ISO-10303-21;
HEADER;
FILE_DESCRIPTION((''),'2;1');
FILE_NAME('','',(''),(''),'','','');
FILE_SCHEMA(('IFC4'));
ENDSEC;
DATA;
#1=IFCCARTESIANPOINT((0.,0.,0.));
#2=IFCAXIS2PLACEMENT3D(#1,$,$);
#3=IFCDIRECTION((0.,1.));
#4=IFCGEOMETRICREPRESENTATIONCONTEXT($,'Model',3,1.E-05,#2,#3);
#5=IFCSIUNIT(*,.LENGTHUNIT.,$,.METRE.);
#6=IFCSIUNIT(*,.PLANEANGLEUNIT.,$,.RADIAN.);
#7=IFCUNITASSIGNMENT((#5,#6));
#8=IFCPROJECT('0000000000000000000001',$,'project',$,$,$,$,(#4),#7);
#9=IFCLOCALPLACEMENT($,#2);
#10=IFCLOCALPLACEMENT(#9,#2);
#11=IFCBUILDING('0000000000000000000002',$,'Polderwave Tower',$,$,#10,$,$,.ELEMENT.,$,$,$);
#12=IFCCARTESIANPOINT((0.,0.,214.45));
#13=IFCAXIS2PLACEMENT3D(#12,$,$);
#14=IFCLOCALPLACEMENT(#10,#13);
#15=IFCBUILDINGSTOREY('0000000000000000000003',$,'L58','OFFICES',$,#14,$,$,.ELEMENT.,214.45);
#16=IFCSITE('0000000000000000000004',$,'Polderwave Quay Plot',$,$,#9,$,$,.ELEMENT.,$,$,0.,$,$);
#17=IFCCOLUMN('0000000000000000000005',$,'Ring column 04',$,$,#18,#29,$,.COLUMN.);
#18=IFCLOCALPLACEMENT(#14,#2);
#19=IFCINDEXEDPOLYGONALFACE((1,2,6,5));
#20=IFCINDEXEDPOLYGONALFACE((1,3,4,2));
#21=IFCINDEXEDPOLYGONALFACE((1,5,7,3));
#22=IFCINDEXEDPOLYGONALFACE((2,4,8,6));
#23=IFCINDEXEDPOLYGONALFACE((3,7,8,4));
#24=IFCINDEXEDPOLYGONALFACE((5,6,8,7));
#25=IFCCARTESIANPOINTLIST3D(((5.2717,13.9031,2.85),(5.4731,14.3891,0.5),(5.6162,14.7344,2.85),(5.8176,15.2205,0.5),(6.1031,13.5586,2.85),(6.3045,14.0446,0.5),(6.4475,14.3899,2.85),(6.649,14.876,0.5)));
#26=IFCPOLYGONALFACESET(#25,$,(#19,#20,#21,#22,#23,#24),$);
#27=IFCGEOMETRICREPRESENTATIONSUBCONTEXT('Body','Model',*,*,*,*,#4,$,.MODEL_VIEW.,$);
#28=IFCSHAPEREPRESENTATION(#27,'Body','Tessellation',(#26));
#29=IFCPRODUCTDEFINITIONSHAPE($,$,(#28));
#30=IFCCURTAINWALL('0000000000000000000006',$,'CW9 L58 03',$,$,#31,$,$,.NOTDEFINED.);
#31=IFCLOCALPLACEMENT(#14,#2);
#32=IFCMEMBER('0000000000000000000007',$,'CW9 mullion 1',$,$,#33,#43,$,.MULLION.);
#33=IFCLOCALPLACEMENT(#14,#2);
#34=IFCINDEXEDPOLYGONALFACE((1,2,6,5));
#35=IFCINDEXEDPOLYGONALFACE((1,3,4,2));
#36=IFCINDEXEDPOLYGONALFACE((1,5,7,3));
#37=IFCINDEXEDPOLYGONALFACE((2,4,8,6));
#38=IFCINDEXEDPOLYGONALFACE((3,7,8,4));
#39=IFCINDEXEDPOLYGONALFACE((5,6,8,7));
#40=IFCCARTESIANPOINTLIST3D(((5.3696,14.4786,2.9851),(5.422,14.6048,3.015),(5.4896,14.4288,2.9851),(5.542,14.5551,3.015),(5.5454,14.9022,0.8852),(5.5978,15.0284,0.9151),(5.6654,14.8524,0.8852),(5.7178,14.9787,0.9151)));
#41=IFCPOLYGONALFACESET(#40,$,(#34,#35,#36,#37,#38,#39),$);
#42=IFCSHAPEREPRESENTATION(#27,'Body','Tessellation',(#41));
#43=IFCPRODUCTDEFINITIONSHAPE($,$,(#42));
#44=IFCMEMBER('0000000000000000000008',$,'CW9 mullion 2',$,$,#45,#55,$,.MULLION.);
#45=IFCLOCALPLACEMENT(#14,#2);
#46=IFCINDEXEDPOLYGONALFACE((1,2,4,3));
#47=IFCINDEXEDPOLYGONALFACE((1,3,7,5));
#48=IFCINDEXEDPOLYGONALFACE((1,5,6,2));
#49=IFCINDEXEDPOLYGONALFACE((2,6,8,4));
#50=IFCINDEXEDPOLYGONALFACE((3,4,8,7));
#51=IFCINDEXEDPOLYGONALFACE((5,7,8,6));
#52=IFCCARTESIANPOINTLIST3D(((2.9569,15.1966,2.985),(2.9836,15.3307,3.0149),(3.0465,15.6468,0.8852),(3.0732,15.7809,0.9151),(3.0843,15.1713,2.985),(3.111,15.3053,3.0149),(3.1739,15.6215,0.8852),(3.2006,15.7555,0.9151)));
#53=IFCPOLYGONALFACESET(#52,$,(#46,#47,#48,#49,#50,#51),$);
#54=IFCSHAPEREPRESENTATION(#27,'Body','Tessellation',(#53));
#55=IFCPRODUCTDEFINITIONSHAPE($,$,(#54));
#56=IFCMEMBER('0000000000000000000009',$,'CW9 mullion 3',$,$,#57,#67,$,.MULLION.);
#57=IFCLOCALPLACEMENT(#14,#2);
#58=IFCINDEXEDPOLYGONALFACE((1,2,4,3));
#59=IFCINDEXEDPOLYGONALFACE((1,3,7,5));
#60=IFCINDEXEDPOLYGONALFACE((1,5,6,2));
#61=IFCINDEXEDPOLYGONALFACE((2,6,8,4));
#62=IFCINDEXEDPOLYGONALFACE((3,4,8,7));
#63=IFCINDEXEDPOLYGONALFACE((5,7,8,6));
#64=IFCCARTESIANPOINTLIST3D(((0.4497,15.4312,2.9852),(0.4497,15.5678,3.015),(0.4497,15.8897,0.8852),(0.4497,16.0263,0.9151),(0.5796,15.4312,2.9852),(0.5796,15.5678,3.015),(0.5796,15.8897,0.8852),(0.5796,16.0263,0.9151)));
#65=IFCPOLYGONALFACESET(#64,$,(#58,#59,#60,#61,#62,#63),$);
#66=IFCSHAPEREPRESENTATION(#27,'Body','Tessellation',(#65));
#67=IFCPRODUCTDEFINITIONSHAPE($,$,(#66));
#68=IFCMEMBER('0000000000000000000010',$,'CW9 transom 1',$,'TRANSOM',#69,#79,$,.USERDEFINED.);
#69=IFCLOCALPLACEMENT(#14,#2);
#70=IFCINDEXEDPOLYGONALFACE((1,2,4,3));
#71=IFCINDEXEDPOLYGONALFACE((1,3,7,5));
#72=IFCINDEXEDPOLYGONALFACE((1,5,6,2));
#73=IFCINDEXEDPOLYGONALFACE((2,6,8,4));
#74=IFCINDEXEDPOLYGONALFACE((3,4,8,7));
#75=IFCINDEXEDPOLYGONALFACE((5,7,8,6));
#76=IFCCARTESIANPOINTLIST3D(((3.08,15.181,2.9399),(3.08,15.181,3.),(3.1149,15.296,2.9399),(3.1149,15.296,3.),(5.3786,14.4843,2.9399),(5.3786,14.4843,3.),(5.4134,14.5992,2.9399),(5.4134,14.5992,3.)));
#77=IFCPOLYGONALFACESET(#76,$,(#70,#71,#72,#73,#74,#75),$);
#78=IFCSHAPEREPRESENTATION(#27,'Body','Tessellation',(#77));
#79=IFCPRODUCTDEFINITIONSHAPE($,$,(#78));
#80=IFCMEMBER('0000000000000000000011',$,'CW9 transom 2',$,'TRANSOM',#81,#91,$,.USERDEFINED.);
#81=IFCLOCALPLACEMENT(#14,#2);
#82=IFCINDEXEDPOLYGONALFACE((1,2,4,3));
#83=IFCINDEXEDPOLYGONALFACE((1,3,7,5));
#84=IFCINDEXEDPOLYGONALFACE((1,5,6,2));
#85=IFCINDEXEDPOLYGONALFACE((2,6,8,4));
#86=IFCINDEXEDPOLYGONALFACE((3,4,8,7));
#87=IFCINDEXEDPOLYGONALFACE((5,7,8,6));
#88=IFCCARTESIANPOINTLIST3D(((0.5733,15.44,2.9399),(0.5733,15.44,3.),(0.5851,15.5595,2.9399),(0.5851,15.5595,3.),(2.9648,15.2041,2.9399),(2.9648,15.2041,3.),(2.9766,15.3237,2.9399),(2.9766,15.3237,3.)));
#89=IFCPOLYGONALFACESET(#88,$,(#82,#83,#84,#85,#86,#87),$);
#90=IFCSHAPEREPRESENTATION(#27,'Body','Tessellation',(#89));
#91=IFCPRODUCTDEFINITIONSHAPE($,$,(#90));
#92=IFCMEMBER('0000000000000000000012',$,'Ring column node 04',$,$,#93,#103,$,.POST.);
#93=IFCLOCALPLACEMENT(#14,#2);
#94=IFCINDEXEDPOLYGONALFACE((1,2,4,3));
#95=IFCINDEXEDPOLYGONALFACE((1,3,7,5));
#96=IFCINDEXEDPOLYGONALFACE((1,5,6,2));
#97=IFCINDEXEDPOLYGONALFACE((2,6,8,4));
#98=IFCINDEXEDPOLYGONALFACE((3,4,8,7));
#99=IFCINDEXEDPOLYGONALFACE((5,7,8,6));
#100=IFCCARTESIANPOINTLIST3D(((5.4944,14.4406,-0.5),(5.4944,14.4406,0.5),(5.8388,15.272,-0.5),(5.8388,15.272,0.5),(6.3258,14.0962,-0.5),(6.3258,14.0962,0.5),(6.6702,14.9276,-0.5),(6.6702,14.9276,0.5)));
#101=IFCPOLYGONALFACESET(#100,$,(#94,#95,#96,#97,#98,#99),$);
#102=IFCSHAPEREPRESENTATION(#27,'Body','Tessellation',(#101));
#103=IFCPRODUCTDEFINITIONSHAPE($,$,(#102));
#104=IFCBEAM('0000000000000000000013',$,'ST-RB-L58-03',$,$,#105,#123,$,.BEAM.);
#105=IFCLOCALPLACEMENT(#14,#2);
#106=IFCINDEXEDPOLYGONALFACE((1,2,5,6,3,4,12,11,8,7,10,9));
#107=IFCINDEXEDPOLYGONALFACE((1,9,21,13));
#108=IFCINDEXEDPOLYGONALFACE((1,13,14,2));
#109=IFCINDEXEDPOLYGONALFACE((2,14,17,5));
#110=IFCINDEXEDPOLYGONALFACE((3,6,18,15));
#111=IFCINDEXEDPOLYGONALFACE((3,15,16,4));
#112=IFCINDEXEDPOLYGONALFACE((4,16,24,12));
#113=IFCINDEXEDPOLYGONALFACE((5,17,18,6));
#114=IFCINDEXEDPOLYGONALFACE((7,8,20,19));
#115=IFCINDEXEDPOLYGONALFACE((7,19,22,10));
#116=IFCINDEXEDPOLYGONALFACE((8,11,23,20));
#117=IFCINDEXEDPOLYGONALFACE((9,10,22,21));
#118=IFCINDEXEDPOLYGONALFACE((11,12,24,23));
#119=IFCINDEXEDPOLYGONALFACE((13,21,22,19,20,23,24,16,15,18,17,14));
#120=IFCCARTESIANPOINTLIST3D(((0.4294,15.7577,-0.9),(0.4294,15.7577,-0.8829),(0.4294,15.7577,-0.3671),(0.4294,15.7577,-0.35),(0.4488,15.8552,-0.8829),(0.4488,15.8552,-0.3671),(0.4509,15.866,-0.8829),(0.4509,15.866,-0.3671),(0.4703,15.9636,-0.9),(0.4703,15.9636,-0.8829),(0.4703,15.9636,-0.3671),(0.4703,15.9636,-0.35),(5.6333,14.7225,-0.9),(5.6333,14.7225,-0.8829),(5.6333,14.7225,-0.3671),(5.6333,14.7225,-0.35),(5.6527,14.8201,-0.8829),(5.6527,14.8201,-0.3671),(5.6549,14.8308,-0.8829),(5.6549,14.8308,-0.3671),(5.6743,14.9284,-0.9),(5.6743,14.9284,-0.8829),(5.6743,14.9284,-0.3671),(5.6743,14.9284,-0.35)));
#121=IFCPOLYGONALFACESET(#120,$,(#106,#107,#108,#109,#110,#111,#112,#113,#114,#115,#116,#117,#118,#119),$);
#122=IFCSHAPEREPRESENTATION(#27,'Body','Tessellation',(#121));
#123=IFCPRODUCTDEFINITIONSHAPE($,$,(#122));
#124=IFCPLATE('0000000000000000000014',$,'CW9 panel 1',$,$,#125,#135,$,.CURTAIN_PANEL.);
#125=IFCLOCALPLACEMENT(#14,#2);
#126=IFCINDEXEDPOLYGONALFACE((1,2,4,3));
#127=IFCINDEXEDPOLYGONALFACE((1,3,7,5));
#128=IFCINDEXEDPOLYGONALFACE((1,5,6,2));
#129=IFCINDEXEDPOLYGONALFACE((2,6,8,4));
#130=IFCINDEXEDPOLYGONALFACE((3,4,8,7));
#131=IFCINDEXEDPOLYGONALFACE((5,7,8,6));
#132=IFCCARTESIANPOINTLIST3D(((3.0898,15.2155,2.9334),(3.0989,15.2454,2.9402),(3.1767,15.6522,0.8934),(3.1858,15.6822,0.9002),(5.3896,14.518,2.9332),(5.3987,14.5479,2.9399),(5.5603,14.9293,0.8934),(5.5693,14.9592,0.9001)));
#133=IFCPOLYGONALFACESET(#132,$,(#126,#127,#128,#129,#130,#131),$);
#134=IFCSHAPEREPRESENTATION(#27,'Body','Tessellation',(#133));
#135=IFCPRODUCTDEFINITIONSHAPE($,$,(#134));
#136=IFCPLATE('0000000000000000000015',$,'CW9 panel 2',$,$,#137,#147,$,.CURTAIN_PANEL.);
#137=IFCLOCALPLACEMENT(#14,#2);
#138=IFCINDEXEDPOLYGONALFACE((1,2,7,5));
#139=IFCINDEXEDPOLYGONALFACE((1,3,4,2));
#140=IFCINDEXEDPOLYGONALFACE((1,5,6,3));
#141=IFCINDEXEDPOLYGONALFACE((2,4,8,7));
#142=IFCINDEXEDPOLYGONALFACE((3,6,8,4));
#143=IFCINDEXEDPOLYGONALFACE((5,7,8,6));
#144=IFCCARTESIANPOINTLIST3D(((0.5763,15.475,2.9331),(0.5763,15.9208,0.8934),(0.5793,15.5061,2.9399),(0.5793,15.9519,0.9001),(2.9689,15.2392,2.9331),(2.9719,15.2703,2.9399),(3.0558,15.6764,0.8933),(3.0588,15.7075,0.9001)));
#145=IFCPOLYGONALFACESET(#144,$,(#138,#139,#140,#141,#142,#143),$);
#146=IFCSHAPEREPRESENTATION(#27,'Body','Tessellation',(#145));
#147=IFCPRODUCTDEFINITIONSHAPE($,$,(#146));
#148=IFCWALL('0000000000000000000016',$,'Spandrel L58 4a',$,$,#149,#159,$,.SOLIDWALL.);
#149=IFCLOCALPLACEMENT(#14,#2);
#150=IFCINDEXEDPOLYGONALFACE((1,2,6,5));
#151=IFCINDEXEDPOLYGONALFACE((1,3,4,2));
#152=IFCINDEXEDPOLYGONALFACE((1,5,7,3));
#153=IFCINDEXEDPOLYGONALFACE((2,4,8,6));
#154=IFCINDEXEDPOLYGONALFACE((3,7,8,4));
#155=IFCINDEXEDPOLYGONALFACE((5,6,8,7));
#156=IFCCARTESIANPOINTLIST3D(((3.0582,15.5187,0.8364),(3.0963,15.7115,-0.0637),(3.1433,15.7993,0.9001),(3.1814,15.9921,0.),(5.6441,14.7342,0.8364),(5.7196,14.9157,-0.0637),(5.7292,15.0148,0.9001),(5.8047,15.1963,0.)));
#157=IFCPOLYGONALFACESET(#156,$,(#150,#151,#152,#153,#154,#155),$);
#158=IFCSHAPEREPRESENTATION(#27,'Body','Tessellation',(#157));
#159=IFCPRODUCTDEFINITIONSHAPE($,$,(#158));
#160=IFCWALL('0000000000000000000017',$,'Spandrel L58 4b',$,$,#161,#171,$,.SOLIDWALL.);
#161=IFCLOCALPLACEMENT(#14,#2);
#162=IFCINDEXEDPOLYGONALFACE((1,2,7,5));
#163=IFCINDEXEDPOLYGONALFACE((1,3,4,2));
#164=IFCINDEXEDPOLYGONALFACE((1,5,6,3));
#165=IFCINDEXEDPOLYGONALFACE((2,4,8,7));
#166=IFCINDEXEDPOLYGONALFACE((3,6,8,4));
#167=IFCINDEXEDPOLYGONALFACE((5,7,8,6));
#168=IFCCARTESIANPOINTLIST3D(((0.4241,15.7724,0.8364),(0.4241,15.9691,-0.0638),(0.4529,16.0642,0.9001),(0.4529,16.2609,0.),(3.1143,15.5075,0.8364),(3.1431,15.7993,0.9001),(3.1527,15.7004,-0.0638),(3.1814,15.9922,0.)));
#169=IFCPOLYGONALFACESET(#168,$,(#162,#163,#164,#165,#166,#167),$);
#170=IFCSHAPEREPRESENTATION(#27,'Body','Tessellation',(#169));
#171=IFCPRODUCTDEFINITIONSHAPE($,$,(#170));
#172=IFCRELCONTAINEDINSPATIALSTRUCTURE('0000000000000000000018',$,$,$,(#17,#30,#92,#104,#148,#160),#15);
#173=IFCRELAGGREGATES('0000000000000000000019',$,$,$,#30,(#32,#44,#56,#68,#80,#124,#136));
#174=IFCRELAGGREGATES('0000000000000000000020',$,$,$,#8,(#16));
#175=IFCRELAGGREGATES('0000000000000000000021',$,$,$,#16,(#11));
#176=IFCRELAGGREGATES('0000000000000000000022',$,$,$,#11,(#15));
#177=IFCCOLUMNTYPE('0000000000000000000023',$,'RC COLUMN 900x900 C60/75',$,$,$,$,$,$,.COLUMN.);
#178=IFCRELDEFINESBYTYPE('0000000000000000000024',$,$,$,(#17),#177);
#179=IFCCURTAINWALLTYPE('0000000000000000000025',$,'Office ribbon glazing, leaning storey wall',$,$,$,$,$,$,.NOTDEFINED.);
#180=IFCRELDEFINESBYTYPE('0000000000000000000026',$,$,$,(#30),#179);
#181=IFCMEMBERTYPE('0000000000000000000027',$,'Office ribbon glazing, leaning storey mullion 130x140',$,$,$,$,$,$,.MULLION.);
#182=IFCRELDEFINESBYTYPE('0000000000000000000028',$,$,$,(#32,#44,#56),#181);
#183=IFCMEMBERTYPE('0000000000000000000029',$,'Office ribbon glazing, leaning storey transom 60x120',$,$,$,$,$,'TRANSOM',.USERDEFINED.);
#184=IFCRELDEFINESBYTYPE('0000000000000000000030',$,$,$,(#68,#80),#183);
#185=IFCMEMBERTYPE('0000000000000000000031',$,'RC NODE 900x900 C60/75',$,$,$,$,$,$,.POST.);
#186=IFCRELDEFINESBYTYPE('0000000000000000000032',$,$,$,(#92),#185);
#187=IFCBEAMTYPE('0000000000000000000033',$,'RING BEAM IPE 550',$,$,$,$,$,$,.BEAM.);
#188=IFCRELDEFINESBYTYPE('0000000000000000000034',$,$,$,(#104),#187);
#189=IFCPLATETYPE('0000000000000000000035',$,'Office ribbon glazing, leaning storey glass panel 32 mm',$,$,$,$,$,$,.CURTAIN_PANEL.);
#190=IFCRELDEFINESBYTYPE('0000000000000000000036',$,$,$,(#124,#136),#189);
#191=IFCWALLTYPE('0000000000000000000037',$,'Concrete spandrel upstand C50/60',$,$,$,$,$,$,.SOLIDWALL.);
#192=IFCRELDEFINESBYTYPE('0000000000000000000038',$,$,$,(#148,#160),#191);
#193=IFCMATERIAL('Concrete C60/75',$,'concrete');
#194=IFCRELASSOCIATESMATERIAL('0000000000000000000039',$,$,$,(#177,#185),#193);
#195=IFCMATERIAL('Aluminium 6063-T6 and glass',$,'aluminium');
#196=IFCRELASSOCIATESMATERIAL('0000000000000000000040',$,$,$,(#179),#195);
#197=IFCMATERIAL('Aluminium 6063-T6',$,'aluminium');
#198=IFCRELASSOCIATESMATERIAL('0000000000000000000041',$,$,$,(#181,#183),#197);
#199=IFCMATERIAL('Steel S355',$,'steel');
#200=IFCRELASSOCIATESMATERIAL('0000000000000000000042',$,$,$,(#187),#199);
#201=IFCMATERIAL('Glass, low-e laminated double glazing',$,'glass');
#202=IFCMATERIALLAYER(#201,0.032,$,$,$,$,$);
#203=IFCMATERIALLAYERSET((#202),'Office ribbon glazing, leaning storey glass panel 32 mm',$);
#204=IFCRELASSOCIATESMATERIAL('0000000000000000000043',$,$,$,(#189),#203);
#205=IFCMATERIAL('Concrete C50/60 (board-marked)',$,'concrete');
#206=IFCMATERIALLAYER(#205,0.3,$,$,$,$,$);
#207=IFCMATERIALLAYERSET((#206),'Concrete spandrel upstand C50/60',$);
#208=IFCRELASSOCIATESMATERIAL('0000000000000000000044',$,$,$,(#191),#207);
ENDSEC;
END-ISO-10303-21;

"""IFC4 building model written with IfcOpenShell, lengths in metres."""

from ifc_helpers import new_model, si_unit, direction, frame, origin, origin_2d, place, context, subcontext, project, spatial, polyline, rectangle, i_section, outline, extrude, material, layer, layer_set, material_profile, profile_set, type_object, element, aggregate, save


model = new_model("IFC4")

# Units and contexts
model_context = context("Model", 3, precision=1e-05, world=origin(), true_north=direction((0.0, 1.0)))
body_context = subcontext(model_context, "Body", "Model", "MODEL_VIEW")
ifc_project = project(units=[si_unit("LENGTHUNIT", "METRE"), si_unit("PLANEANGLEUNIT", "RADIAN")], contexts=[model_context])

# Site, building, storey
site_placement = place(None, origin())
site = spatial("IfcSite", under=ifc_project, at=site_placement, Name="Polderwave Quay Plot", CompositionType="ELEMENT", RefElevation=0.0)
building_placement = place(site_placement, origin())
building = spatial("IfcBuilding", under=site, at=building_placement, Name="Polderwave Tower", CompositionType="ELEMENT")
storey_placement = place(building_placement, frame((0.0, 0.0, 214.45)))
storey = spatial("IfcBuildingStorey", under=building, at=storey_placement, Name="L58", Description="OFFICES", CompositionType="ELEMENT", Elevation=214.45)

# Column
ifc_material_1 = material(Name="Concrete C60/75", Category="concrete")
ifc_material_profile_1 = material_profile(ifc_material_1, rectangle(XDim=0.8999, YDim=0.8999, at=origin_2d()), Name="RC 900x900")
ifc_profile_set_1 = profile_set([ifc_material_profile_1], Name="Concrete C60/75")
column_type = type_object("IfcColumnType", Name="RC COLUMN 900x900 C60/75", PredefinedType="COLUMN", material=ifc_profile_set_1)
column_placement = place(storey_placement, frame((6.061, 14.6326, 0.5), z_axis=(0.0, 0.0, 1.0), x_axis=(0.92383, -0.382803, 0.0)))
element("IfcColumn", 1, at=column_placement, inside=storey, type_object=column_type, Name="Ring column 04", PredefinedType="COLUMN", context=body_context, shape_type="SweptSolid", body=[
    extrude(rectangle(XDim=0.8999, YDim=0.8999, at=origin_2d()), origin(), (0.0, -0.21848, 0.975841), 2.4082),
])

# Curtain wall, members
ifc_material_2 = material(Name="Aluminium 6063-T6 and glass", Category="aluminium")
curtain_wall_type = type_object("IfcCurtainWallType", Name="Office ribbon glazing, leaning storey wall", PredefinedType="NOTDEFINED", material=ifc_material_2)
curtain_wall_placement = place(storey_placement, origin())
curtain_wall = element("IfcCurtainWall", 2, at=curtain_wall_placement, inside=storey, type_object=curtain_wall_type, Name="CW9 L58 03", PredefinedType="NOTDEFINED")
ifc_material_3 = material(Name="Aluminium 6063-T6", Category="aluminium")
ifc_material_profile_2 = material_profile(ifc_material_3, rectangle(XDim=0.1299, YDim=0.1399, at=origin_2d()), Name="AL 130x140")
ifc_profile_set_2 = profile_set([ifc_material_profile_2], Name="Aluminium 6063-T6")
member_type_1 = type_object("IfcMemberType", Name="Office ribbon glazing, leaning storey mullion 130x140", PredefinedType="MULLION", material=ifc_profile_set_2)
member_1_placement = place(storey_placement, frame((5.6316, 14.9404, 0.9001), z_axis=(-0.081783, -0.197075, 0.976971), x_axis=(0.923627, -0.383292, 0.0)))
member_1 = element("IfcMember", 3, at=member_1_placement, type_object=member_type_1, Name="CW9 mullion 1", PredefinedType="MULLION", context=body_context, shape_type="SweptSolid", body=[
    extrude(rectangle(XDim=0.1299, YDim=0.1399, at=origin_2d()), origin(), (0.0, 0.0, 1.0), 2.1494),
])
member_2_placement = place(storey_placement, frame((3.1235, 15.7012, 0.9001), z_axis=(-0.041685, -0.209448, 0.976931), x_axis=(0.980764, -0.195196, 0.0)))
member_2 = element("IfcMember", 4, at=member_2_placement, type_object=member_type_1, Name="CW9 mullion 2", PredefinedType="MULLION", context=body_context, shape_type="SweptSolid", body=[
    extrude(rectangle(XDim=0.1299, YDim=0.1399, at=origin_2d()), origin(), (0.0, 0.0, 1.0), 2.1494),
])
member_3_placement = place(storey_placement, frame((0.5146, 15.958, 0.9001), z_axis=(0.0, -0.213321, 0.976982), x_axis=(1.0, 0.0, 0.0)))
member_3 = element("IfcMember", 5, at=member_3_placement, type_object=member_type_1, Name="CW9 mullion 3", PredefinedType="MULLION", context=body_context, shape_type="SweptSolid", body=[
    extrude(rectangle(XDim=0.1299, YDim=0.1399, at=origin_2d()), origin(), (0.0, 0.0, 1.0), 2.1494),
])
ifc_material_profile_3 = material_profile(ifc_material_3, rectangle(XDim=0.1201, YDim=0.0601, at=origin_2d()), Name="AL 60x120")
ifc_profile_set_3 = profile_set([ifc_material_profile_3], Name="Aluminium 6063-T6")
member_type_2 = type_object("IfcMemberType", Name="Office ribbon glazing, leaning storey transom 60x120", ElementType="TRANSOM", PredefinedType="USERDEFINED", material=ifc_profile_set_3)
member_4_placement = place(storey_placement, frame((5.396, 14.5417, 2.97), z_axis=(-0.956997, 0.290098, 0.0), x_axis=(-0.290098, -0.956997, 0.0)))
member_4 = element("IfcMember", 6, at=member_4_placement, type_object=member_type_2, Name="CW9 transom 1", ObjectType="TRANSOM", PredefinedType="USERDEFINED", context=body_context, shape_type="SweptSolid", body=[
    extrude(rectangle(XDim=0.1201, YDim=0.0601, at=origin_2d()), origin(), (0.0, 0.0, 1.0), 2.4019),
])
member_5_placement = place(storey_placement, frame((2.9707, 15.2639, 2.97), z_axis=(-0.995172, 0.098146, 0.0), x_axis=(-0.098146, -0.995172, 0.0)))
member_5 = element("IfcMember", 7, at=member_5_placement, type_object=member_type_2, Name="CW9 transom 2", ObjectType="TRANSOM", PredefinedType="USERDEFINED", context=body_context, shape_type="SweptSolid", body=[
    extrude(rectangle(XDim=0.1201, YDim=0.0601, at=origin_2d()), origin(), (0.0, 0.0, 1.0), 2.4031),
])

# Member
ifc_material_profile_4 = material_profile(ifc_material_1, rectangle(XDim=0.8999, YDim=0.8999, at=origin_2d()), Name="RC 900x900")
ifc_profile_set_4 = profile_set([ifc_material_profile_4], Name="Concrete C60/75")
member_type_3 = type_object("IfcMemberType", Name="RC NODE 900x900 C60/75", PredefinedType="POST", material=ifc_profile_set_4)
member_6_placement = place(storey_placement, frame((6.0823, 14.6841, -0.5), z_axis=(0.0, 0.0, 1.0), x_axis=(0.382683, 0.92388, 0.0)))
element("IfcMember", 8, at=member_6_placement, inside=storey, type_object=member_type_3, Name="Ring column node 04", PredefinedType="POST", context=body_context, shape_type="SweptSolid", body=[
    extrude(rectangle(XDim=0.8999, YDim=0.8999, at=origin_2d()), origin(), (0.0, 0.0, 1.0), 1.0),
])

# Beam
ifc_material_4 = material(Name="Steel S355", Category="steel")
ifc_material_profile_5 = material_profile(ifc_material_4, i_section(OverallWidth=0.21, OverallDepth=0.55, WebThickness=0.011, FlangeThickness=0.0171, at=origin_2d()), Name="IPE 550")
ifc_profile_set_5 = profile_set([ifc_material_profile_5], Name="Steel S355")
beam_type = type_object("IfcBeamType", Name="RING BEAM IPE 550", PredefinedType="BEAM", material=ifc_profile_set_5)
beam_placement = place(storey_placement, frame((5.6538, 14.8254, -0.625), z_axis=(-0.980784, 0.195098, 0.0), x_axis=(-0.195098, -0.980784, 0.0)))
element("IfcBeam", 9, at=beam_placement, inside=storey, type_object=beam_type, Name="ST-RB-L58-03", PredefinedType="BEAM", context=body_context, shape_type="SweptSolid", body=[
    extrude(i_section(OverallWidth=0.21, OverallDepth=0.55, WebThickness=0.011, FlangeThickness=0.0171, at=origin_2d()), origin(), (0.0, 0.0, 1.0), 5.3059),
])

# Plates
ifc_material_5 = material(Name="Glass, low-e laminated double glazing", Category="glass")
ifc_layer_1 = layer(ifc_material_5, 0.032)
ifc_layer_set_1 = layer_set([ifc_layer_1], Name="Office ribbon glazing, leaning storey glass panel 32 mm")
plate_type = type_object("IfcPlateType", Name="Office ribbon glazing, leaning storey glass panel 32 mm", PredefinedType="CURTAIN_PANEL", material=ifc_layer_set_1)
plate_1_placement = place(storey_placement, frame((5.5693, 14.9592, 0.9001), z_axis=(0.283628, 0.935136, 0.212309), x_axis=(-0.956953, 0.290244, 0.000003)))
plate_1 = element("IfcPlate", 10, at=plate_1_placement, type_object=plate_type, Name="CW9 panel 1", PredefinedType="CURTAIN_PANEL", context=body_context, shape_type="SweptSolid", body=[
    extrude(outline(polyline([(0.0, 0.0), (2.4908, 0.0), (2.4472, 2.0876), (0.0439, 2.0874), (0.0, 0.0)])), origin(), (0.0, 0.0, -1.0), 0.032),
])
plate_2_placement = place(storey_placement, frame((3.0588, 15.7075, 0.9001), z_axis=(0.09585, 0.972441, 0.212534), x_axis=(-0.995177, 0.098091, 0.000001)))
plate_2 = element("IfcPlate", 11, at=plate_2_placement, type_object=plate_type, Name="CW9 panel 2", PredefinedType="CURTAIN_PANEL", context=body_context, shape_type="SweptSolid", body=[
    extrude(outline(polyline([(0.0, 0.0), (2.4915, 0.0), (2.4478, 2.0875), (0.0436, 2.0875), (0.0, 0.0)])), origin(), (0.0, 0.0, -1.0), 0.032),
])
aggregate(curtain_wall, [member_1, member_2, member_3, member_4, member_5, plate_1, plate_2])

# Walls
ifc_material_6 = material(Name="Concrete C50/60 (board-marked)", Category="concrete")
ifc_layer_2 = layer(ifc_material_6, 0.3)
ifc_layer_set_2 = layer_set([ifc_layer_2], Name="Concrete spandrel upstand C50/60")
wall_type_1 = type_object("IfcWallType", Name="Concrete spandrel upstand C50/60", PredefinedType="SOLIDWALL", material=ifc_layer_set_2)
wall_1_placement = place(storey_placement, frame((5.8047, 15.1963, 0.0), z_axis=(0.283688, 0.935122, 0.212294), x_axis=(-0.956934, 0.290306, -0.000005)))
element("IfcWall", 12, at=wall_1_placement, inside=storey, type_object=wall_type_1, Name="Spandrel L58 4a", PredefinedType="SOLIDWALL", context=body_context, shape_type="SweptSolid", body=[
    extrude(outline(polyline([(0.0, 0.0), (2.7414, 0.0), (2.7218, 0.9212), (0.0195, 0.9211), (0.0, 0.0)])), origin(), (0.0, 0.0, -1.0), 0.3),
])
wall_2_placement = place(storey_placement, frame((3.1814, 15.9922, 0.0), z_axis=(0.095778, 0.972453, 0.212513), x_axis=(-0.995185, 0.098017, -0.000005)))
element("IfcWall", 13, at=wall_2_placement, inside=storey, type_object=wall_type_1, Name="Spandrel L58 4b", PredefinedType="SOLIDWALL", context=body_context, shape_type="SweptSolid", body=[
    extrude(outline(polyline([(0.0, 0.0), (2.7417, 0.0), (2.7224, 0.9212), (0.0192, 0.9212), (0.0, 0.0)])), origin(), (0.0, 0.0, -1.0), 0.3),
])

save(model, "model.ifc")
